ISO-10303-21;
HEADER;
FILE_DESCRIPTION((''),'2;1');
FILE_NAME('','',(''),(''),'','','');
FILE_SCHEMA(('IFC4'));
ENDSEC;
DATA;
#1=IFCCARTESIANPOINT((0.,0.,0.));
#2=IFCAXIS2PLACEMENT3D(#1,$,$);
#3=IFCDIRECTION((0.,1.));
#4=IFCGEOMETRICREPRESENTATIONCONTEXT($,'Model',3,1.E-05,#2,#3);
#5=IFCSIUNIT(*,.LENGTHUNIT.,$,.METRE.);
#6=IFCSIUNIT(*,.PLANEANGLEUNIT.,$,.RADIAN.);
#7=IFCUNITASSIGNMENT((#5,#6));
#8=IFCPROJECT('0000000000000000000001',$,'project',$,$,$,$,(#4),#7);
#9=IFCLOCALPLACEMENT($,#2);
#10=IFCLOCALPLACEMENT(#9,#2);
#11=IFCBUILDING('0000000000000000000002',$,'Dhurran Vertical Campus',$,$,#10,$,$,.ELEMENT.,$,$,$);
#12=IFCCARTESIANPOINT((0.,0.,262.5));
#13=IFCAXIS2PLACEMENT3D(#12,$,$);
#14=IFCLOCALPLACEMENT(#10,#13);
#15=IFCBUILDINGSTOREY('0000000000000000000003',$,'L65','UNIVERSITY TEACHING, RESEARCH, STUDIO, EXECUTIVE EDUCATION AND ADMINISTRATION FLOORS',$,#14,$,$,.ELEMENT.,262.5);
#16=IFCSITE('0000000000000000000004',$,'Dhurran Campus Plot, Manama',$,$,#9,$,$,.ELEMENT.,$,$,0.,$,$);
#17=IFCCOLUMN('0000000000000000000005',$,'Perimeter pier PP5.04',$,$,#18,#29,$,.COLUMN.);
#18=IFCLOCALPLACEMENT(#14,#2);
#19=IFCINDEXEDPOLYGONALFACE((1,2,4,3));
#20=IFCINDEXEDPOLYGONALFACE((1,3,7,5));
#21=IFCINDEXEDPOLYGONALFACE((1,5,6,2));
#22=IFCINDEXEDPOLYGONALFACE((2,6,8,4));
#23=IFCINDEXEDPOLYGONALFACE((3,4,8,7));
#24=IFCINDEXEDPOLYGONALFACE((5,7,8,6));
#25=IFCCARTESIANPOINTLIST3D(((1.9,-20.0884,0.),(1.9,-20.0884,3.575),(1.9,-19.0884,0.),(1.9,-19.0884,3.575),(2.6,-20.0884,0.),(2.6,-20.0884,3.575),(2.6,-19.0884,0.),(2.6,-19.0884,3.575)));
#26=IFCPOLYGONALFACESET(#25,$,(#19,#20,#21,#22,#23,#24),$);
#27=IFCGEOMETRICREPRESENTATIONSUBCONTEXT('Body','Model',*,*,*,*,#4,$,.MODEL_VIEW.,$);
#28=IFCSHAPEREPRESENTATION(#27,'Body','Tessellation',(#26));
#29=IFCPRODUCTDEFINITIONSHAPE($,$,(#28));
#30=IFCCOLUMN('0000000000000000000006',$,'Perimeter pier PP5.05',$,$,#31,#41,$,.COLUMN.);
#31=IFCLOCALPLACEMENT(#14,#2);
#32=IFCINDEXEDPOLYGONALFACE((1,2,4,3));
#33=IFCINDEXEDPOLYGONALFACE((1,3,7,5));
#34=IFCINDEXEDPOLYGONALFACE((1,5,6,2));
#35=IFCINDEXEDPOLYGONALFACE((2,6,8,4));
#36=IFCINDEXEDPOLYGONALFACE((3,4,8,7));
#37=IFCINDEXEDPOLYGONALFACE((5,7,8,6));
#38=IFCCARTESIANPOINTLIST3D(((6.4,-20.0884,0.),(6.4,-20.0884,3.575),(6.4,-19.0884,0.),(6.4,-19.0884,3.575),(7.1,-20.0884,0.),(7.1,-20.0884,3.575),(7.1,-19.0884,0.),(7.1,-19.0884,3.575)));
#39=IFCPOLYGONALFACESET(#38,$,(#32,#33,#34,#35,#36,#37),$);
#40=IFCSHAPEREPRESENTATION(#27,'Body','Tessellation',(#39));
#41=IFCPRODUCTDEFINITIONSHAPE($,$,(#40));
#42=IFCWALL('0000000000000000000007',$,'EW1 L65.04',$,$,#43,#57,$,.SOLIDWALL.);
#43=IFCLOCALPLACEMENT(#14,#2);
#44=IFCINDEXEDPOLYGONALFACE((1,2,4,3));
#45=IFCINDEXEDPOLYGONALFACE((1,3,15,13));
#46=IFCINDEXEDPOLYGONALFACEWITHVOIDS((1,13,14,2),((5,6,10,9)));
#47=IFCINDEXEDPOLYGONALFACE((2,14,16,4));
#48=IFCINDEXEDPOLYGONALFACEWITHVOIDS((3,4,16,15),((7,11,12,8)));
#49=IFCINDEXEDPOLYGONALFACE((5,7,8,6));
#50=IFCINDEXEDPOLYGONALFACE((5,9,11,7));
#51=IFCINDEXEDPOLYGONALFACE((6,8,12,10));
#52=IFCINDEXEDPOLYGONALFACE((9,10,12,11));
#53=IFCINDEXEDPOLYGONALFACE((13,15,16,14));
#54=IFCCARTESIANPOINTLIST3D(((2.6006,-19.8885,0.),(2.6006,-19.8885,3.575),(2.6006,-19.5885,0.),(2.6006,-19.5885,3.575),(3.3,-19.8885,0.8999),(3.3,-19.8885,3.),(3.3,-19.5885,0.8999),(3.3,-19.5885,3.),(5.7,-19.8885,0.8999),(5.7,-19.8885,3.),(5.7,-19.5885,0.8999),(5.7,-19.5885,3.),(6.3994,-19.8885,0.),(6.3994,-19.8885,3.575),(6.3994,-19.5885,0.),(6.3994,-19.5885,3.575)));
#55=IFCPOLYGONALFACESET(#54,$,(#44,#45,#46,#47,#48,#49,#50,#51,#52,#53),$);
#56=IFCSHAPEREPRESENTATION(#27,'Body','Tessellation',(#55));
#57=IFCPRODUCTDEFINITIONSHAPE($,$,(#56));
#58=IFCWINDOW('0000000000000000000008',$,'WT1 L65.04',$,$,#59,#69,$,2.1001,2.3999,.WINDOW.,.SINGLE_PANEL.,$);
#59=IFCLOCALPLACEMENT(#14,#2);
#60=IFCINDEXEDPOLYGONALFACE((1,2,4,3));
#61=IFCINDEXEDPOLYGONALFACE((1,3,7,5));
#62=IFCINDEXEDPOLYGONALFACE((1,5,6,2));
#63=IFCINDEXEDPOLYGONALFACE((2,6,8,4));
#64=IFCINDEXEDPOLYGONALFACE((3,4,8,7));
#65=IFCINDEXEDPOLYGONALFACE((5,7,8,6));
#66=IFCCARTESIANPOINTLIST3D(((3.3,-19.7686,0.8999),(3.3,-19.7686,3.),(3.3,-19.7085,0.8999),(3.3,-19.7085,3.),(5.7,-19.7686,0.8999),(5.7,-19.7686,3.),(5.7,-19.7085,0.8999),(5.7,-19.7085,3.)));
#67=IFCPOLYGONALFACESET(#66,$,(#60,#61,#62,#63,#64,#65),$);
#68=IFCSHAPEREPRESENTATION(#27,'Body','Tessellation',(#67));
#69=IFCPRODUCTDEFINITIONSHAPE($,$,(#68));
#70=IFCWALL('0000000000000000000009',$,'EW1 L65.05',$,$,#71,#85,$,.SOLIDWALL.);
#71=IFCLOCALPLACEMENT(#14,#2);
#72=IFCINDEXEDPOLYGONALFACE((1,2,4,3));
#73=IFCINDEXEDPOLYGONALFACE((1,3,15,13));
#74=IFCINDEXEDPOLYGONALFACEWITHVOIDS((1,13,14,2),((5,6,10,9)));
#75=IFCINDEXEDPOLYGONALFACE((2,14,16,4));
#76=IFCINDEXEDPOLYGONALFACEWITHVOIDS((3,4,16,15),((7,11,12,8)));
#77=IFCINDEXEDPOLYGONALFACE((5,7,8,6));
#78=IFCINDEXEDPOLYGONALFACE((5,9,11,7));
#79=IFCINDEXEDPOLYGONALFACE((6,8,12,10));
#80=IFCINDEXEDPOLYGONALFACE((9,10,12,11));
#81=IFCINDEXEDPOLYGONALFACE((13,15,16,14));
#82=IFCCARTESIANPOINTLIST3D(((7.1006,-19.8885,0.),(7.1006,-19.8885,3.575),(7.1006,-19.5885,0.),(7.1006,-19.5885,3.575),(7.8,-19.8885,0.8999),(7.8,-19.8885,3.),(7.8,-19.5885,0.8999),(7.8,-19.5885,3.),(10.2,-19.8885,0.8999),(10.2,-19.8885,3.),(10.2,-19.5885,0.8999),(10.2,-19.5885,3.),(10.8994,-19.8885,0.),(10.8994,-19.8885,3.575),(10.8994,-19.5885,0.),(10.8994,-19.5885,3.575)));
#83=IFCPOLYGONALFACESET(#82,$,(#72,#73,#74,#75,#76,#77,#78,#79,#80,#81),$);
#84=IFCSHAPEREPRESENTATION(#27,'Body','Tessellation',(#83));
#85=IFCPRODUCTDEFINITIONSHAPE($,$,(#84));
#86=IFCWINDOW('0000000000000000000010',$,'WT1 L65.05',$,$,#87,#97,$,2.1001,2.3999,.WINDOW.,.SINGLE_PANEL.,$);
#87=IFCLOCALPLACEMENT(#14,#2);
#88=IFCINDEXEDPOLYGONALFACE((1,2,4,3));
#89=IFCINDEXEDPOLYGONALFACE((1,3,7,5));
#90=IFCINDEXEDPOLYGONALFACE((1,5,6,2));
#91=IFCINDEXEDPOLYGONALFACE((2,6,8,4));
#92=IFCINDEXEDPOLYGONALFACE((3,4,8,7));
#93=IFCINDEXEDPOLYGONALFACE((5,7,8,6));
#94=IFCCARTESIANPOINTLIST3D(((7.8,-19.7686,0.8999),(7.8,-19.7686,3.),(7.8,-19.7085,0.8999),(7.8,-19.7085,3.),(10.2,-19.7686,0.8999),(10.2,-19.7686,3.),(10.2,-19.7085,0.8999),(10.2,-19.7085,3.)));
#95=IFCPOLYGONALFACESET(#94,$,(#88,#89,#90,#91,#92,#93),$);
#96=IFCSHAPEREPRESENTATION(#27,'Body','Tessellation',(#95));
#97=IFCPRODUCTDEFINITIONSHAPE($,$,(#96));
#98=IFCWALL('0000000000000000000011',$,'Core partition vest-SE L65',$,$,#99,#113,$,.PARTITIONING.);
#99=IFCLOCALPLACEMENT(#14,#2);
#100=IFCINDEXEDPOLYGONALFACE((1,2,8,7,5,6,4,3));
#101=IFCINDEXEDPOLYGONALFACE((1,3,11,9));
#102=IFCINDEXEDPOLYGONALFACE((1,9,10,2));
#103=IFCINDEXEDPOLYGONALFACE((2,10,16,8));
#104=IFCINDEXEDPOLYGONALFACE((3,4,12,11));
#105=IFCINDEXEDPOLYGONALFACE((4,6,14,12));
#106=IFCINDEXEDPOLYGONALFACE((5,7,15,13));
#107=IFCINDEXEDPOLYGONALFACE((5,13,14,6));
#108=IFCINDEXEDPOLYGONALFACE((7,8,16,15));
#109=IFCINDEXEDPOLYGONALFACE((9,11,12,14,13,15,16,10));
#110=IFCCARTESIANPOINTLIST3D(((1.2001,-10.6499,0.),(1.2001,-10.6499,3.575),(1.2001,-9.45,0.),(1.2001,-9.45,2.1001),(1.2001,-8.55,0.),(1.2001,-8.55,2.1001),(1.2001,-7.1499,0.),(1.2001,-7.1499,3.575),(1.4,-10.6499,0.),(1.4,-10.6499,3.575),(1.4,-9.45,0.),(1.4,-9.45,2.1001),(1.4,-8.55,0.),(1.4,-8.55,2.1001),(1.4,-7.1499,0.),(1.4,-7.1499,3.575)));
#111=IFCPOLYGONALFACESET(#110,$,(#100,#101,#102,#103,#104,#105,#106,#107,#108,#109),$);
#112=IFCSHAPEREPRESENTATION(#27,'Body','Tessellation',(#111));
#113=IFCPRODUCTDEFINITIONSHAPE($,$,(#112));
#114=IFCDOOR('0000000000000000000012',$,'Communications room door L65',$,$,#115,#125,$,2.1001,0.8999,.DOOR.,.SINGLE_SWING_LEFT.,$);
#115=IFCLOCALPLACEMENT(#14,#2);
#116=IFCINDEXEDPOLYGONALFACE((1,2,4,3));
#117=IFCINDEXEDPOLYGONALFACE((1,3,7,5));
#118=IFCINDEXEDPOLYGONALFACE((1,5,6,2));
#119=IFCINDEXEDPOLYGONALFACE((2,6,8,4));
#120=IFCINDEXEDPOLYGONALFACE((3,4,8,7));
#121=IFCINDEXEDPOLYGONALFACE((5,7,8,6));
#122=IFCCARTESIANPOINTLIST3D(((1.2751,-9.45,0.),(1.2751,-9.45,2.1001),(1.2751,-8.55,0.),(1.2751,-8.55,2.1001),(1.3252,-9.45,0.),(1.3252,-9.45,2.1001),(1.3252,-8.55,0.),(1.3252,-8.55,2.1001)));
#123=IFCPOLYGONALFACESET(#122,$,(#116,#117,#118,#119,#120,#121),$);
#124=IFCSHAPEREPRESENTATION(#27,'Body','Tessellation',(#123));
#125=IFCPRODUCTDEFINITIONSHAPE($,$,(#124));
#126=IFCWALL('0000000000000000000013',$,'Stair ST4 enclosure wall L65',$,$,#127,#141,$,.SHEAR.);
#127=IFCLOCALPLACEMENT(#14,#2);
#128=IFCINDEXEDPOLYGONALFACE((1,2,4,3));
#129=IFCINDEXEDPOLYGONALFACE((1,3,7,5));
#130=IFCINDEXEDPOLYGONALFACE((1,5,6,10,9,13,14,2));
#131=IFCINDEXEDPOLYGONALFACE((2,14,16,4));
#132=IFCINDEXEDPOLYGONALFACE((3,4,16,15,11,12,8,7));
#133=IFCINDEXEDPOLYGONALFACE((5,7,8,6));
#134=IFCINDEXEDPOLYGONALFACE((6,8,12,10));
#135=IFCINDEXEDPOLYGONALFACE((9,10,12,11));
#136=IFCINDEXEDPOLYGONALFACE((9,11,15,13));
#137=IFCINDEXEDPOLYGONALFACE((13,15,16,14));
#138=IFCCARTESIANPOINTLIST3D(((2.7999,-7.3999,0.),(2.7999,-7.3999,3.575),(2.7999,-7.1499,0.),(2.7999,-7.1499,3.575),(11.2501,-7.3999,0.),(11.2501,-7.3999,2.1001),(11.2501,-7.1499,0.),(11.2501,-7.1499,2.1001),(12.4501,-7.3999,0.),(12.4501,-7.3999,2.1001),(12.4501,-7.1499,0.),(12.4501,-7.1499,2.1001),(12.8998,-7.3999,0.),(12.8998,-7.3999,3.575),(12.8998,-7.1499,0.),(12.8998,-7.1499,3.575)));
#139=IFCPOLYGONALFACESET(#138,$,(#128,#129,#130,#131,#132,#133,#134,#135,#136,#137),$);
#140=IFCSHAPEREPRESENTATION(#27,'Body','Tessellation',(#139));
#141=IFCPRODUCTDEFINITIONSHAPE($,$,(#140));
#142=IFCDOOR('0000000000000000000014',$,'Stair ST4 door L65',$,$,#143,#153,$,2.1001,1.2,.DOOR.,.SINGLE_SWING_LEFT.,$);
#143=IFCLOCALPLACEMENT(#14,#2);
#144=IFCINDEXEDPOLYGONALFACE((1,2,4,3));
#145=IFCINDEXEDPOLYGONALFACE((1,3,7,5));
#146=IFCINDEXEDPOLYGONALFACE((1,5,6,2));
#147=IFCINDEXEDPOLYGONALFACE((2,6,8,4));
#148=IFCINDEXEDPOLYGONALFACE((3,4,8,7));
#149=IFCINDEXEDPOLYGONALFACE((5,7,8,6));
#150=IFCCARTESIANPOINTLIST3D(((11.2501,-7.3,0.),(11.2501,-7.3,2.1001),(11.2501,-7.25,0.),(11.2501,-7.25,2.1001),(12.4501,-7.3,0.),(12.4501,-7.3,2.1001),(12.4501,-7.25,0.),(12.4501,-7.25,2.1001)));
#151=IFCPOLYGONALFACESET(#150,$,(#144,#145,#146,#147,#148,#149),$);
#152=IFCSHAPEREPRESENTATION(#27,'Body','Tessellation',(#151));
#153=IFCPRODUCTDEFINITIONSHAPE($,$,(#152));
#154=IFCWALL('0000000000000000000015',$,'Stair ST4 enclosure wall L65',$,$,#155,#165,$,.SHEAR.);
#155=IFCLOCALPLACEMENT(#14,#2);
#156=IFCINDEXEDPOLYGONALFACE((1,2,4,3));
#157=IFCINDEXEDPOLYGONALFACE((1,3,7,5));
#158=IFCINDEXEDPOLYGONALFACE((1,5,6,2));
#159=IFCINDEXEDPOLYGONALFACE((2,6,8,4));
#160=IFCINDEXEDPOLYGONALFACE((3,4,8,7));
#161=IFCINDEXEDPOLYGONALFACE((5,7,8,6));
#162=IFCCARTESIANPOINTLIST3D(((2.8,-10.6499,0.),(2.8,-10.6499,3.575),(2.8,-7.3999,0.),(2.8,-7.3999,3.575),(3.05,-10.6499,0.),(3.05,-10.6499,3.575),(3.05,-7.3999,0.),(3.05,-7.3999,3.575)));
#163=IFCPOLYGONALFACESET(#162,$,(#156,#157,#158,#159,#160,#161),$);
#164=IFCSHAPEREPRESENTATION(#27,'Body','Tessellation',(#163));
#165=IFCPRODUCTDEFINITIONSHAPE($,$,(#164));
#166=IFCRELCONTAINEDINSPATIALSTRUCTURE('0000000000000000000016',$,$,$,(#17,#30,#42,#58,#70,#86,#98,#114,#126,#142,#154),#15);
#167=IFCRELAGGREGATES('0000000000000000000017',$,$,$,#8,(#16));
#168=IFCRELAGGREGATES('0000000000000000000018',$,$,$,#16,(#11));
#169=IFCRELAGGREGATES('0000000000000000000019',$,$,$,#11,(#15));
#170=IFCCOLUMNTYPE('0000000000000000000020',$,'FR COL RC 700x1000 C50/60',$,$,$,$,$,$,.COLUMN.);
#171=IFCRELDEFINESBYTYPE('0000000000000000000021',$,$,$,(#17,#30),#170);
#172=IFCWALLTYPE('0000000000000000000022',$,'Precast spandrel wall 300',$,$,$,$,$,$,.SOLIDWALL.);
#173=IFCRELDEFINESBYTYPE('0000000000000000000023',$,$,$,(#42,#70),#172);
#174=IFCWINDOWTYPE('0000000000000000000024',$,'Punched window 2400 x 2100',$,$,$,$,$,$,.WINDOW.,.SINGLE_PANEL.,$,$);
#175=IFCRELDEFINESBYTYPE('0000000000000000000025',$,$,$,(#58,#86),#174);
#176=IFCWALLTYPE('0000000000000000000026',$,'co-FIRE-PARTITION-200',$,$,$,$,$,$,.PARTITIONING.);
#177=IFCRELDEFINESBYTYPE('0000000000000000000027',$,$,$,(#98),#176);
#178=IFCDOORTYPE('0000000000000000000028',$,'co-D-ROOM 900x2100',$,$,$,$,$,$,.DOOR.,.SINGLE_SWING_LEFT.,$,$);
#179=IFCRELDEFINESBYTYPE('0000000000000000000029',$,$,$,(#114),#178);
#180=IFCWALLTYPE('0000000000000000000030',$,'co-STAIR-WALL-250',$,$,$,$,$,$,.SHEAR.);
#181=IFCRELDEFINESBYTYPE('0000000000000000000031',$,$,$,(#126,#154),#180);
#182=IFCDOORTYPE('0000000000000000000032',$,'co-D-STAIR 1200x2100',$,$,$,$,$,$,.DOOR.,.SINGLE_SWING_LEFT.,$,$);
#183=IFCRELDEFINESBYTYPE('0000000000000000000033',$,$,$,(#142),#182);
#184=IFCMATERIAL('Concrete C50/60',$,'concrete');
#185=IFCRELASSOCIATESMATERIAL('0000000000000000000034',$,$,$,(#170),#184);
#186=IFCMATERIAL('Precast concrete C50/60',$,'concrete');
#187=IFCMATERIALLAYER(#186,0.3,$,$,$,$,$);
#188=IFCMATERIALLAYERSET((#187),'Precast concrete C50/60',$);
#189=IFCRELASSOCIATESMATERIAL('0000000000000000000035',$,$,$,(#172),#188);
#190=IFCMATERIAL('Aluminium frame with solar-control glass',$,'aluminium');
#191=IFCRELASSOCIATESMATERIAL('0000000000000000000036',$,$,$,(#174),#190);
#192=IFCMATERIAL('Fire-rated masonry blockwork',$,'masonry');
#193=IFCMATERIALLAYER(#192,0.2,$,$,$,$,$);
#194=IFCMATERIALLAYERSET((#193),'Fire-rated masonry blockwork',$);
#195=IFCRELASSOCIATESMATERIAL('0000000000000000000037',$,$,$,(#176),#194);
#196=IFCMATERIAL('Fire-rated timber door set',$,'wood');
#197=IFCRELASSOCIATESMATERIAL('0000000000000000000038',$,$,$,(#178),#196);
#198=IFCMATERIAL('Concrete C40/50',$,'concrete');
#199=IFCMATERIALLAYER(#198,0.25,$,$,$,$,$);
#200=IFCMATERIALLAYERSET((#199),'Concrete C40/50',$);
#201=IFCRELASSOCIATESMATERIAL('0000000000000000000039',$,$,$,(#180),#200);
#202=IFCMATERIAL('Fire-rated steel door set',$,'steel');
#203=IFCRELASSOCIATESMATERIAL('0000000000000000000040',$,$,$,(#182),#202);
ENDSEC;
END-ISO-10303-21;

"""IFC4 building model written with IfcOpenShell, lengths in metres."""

from ifc_helpers import new_model, si_unit, direction, frame, frame_2d, origin, origin_2d, place, context, subcontext, project, spatial, rectangle, extrude, material, layer, layer_set, material_profile, profile_set, type_object, element, fill, save


model = new_model("IFC4")

# Units and contexts
model_context = context("Model", 3, precision=1e-05, world=origin(), true_north=direction((0.0, 1.0)))
body_context = subcontext(model_context, "Body", "Model", "MODEL_VIEW")
ifc_project = project(units=[si_unit("LENGTHUNIT", "METRE"), si_unit("PLANEANGLEUNIT", "RADIAN")], contexts=[model_context])

# Site, building, storey
site_placement = place(None, origin())
site = spatial("IfcSite", under=ifc_project, at=site_placement, Name="Dhurran Campus Plot, Manama", CompositionType="ELEMENT", RefElevation=0.0)
building_placement = place(site_placement, origin())
building = spatial("IfcBuilding", under=site, at=building_placement, Name="Dhurran Vertical Campus", CompositionType="ELEMENT")
storey_placement = place(building_placement, frame((0.0, 0.0, 262.5)))
storey = spatial("IfcBuildingStorey", under=building, at=storey_placement, Name="L65", Description="UNIVERSITY TEACHING, RESEARCH, STUDIO, EXECUTIVE EDUCATION AND ADMINISTRATION FLOORS", CompositionType="ELEMENT", Elevation=262.5)

# Columns
ifc_material_1 = material(Name="Concrete C50/60", Category="concrete")
ifc_material_profile = material_profile(ifc_material_1, rectangle(XDim=0.7, YDim=1.0, at=origin_2d()), Name="RC 700x1000")
ifc_profile_set = profile_set([ifc_material_profile], Name="Concrete C50/60")
column_type = type_object("IfcColumnType", Name="FR COL RC 700x1000 C50/60", PredefinedType="COLUMN", material=ifc_profile_set)
for number, where, z_axis, x_axis, name in (
    (1, (2.25, -19.5884, 0.0), (0.0, 0.0, 1.0), (1.0, 0.0, 0.0), "Perimeter pier PP5.04"),
    (2, (6.75, -19.5884, 0.0), (0.0, 0.0, 1.0), (1.0, 0.0, 0.0), "Perimeter pier PP5.05"),
):
    element("IfcColumn", number, at=place(storey_placement, frame(where, z_axis=z_axis, x_axis=x_axis)), inside=storey, type_object=column_type, Name=name, PredefinedType="COLUMN", context=body_context, shape_type="SweptSolid", body=[
        extrude(rectangle(XDim=0.7, YDim=1.0, at=origin_2d()), origin(), (0.0, 0.0, 1.0), 3.575),
    ])

# Walls, openings, windows
ifc_material_2 = material(Name="Precast concrete C50/60", Category="concrete")
ifc_layer_1 = layer(ifc_material_2, 0.3)
ifc_layer_set_1 = layer_set([ifc_layer_1], Name="Precast concrete C50/60")
wall_type_1 = type_object("IfcWallType", Name="Precast spandrel wall 300", PredefinedType="SOLIDWALL", material=ifc_layer_set_1)
wall_1_placement = place(storey_placement, frame((2.6006, -19.7385, 0.0), z_axis=(0.0, 0.0, 1.0), x_axis=(1.0, 0.0, 0.0)))
wall_1 = element("IfcWall", 3, at=wall_1_placement, inside=storey, type_object=wall_type_1, Name="EW1 L65.04", PredefinedType="SOLIDWALL", context=body_context, shape_type="SweptSolid", body=[
    extrude(rectangle(XDim=3.7988, YDim=0.3, at=frame_2d((1.8994, 0.0))), origin(), (0.0, 0.0, 1.0), 3.575),
])
opening_1_placement = place(wall_1_placement, frame((0.6995, 0.0, 0.8999)))
opening_1 = element("IfcOpeningElement", 4, at=opening_1_placement, cuts=wall_1, PredefinedType="OPENING", context=body_context, shape_type="SweptSolid", body=[
    extrude(rectangle(XDim=2.3999, YDim=2.1001, at=frame_2d((1.2, 1.05))), frame((0.0, 0.1599, 0.0), z_axis=(0.0, -1.0, 0.0), x_axis=(1.0, 0.0, 0.0)), (0.0, 0.0, 1.0), 0.3201),
])
ifc_material_3 = material(Name="Aluminium frame with solar-control glass", Category="aluminium")
window_type = type_object("IfcWindowType", Name="Punched window 2400 x 2100", PartitioningType="SINGLE_PANEL", PredefinedType="WINDOW", material=ifc_material_3)
window_1_placement = place(opening_1_placement, origin())
window_1 = element("IfcWindow", 5, at=window_1_placement, inside=storey, type_object=window_type, Name="WT1 L65.04", OverallHeight=2.1001, OverallWidth=2.3999, PartitioningType="SINGLE_PANEL", PredefinedType="WINDOW", context=body_context, shape_type="SweptSolid", body=[
    extrude(rectangle(XDim=2.3999, YDim=2.1001, at=frame_2d((1.2, 1.05))), frame((0.0, 0.03, 0.0), z_axis=(0.0, -1.0, 0.0), x_axis=(1.0, 0.0, 0.0)), (0.0, 0.0, 1.0), 0.0601),
])
fill(opening_1, window_1)
wall_2_placement = place(storey_placement, frame((7.1006, -19.7385, 0.0), z_axis=(0.0, 0.0, 1.0), x_axis=(1.0, 0.0, 0.0)))
wall_2 = element("IfcWall", 6, at=wall_2_placement, inside=storey, type_object=wall_type_1, Name="EW1 L65.05", PredefinedType="SOLIDWALL", context=body_context, shape_type="SweptSolid", body=[
    extrude(rectangle(XDim=3.7988, YDim=0.3, at=frame_2d((1.8994, 0.0))), origin(), (0.0, 0.0, 1.0), 3.575),
])
opening_2_placement = place(wall_2_placement, frame((0.6995, 0.0, 0.8999)))
opening_2 = element("IfcOpeningElement", 7, at=opening_2_placement, cuts=wall_2, PredefinedType="OPENING", context=body_context, shape_type="SweptSolid", body=[
    extrude(rectangle(XDim=2.3999, YDim=2.1001, at=frame_2d((1.2, 1.05))), frame((0.0, 0.1599, 0.0), z_axis=(0.0, -1.0, 0.0), x_axis=(1.0, 0.0, 0.0)), (0.0, 0.0, 1.0), 0.3201),
])
window_2_placement = place(opening_2_placement, origin())
window_2 = element("IfcWindow", 8, at=window_2_placement, inside=storey, type_object=window_type, Name="WT1 L65.05", OverallHeight=2.1001, OverallWidth=2.3999, PartitioningType="SINGLE_PANEL", PredefinedType="WINDOW", context=body_context, shape_type="SweptSolid", body=[
    extrude(rectangle(XDim=2.3999, YDim=2.1001, at=frame_2d((1.2, 1.05))), frame((0.0, 0.03, 0.0), z_axis=(0.0, -1.0, 0.0), x_axis=(1.0, 0.0, 0.0)), (0.0, 0.0, 1.0), 0.0601),
])
fill(opening_2, window_2)

# Walls, openings, doors
ifc_material_4 = material(Name="Fire-rated masonry blockwork", Category="masonry")
ifc_layer_2 = layer(ifc_material_4, 0.2)
ifc_layer_set_2 = layer_set([ifc_layer_2], Name="Fire-rated masonry blockwork")
wall_type_2 = type_object("IfcWallType", Name="co-FIRE-PARTITION-200", PredefinedType="PARTITIONING", material=ifc_layer_set_2)
wall_3_placement = place(storey_placement, frame((1.3, -10.6499, 0.0), z_axis=(0.0, 0.0, 1.0), x_axis=(0.0, 1.0, 0.0)))
wall_3 = element("IfcWall", 9, at=wall_3_placement, inside=storey, type_object=wall_type_2, Name="Core partition vest-SE L65", PredefinedType="PARTITIONING", context=body_context, shape_type="SweptSolid", body=[
    extrude(rectangle(XDim=3.5, YDim=0.2, at=frame_2d((1.75, 0.0))), origin(), (0.0, 0.0, 1.0), 3.575),
])
opening_3_placement = place(wall_3_placement, frame((1.2, 0.0, 0.0)))
opening_3 = element("IfcOpeningElement", 10, at=opening_3_placement, cuts=wall_3, PredefinedType="OPENING", context=body_context, shape_type="SweptSolid", body=[
    extrude(rectangle(XDim=0.8999, YDim=2.1001, at=frame_2d((0.45, 1.05))), frame((0.0, 0.1099, 0.0), z_axis=(0.0, -1.0, 0.0), x_axis=(1.0, 0.0, 0.0)), (0.0, 0.0, 1.0), 0.22),
])
ifc_material_5 = material(Name="Fire-rated timber door set", Category="wood")
door_type_1 = type_object("IfcDoorType", Name="co-D-ROOM 900x2100", OperationType="SINGLE_SWING_LEFT", PredefinedType="DOOR", material=ifc_material_5)
door_1_placement = place(opening_3_placement, origin())
door_1 = element("IfcDoor", 11, at=door_1_placement, inside=storey, type_object=door_type_1, Name="Communications room door L65", OperationType="SINGLE_SWING_LEFT", OverallHeight=2.1001, OverallWidth=0.8999, PredefinedType="DOOR", context=body_context, shape_type="SweptSolid", body=[
    extrude(rectangle(XDim=0.8999, YDim=2.1001, at=frame_2d((0.45, 1.05))), frame((0.0, 0.0249, 0.0), z_axis=(0.0, -1.0, 0.0), x_axis=(1.0, 0.0, 0.0)), (0.0, 0.0, 1.0), 0.05),
])
fill(opening_3, door_1)
ifc_material_6 = material(Name="Concrete C40/50", Category="concrete")
ifc_layer_3 = layer(ifc_material_6, 0.25)
ifc_layer_set_3 = layer_set([ifc_layer_3], Name="Concrete C40/50")
wall_type_3 = type_object("IfcWallType", Name="co-STAIR-WALL-250", PredefinedType="SHEAR", material=ifc_layer_set_3)
wall_4_placement = place(storey_placement, frame((2.8, -7.2749, 0.0), z_axis=(0.0, 0.0, 1.0), x_axis=(1.0, 0.0, 0.0)))
wall_4 = element("IfcWall", 12, at=wall_4_placement, inside=storey, type_object=wall_type_3, Name="Stair ST4 enclosure wall L65", PredefinedType="SHEAR", context=body_context, shape_type="SweptSolid", body=[
    extrude(rectangle(XDim=10.0999, YDim=0.25, at=frame_2d((5.0498, 0.0))), origin(), (0.0, 0.0, 1.0), 3.575),
])
opening_4_placement = place(wall_4_placement, frame((8.45, 0.0, 0.0)))
opening_4 = element("IfcOpeningElement", 13, at=opening_4_placement, cuts=wall_4, PredefinedType="OPENING", context=body_context, shape_type="SweptSolid", body=[
    extrude(rectangle(XDim=1.2, YDim=2.1001, at=frame_2d((0.6001, 1.05))), frame((0.0, 0.135, 0.0), z_axis=(0.0, -1.0, 0.0), x_axis=(1.0, 0.0, 0.0)), (0.0, 0.0, 1.0), 0.27),
])
ifc_material_7 = material(Name="Fire-rated steel door set", Category="steel")
door_type_2 = type_object("IfcDoorType", Name="co-D-STAIR 1200x2100", OperationType="SINGLE_SWING_LEFT", PredefinedType="DOOR", material=ifc_material_7)
door_2_placement = place(opening_4_placement, origin())
door_2 = element("IfcDoor", 14, at=door_2_placement, inside=storey, type_object=door_type_2, Name="Stair ST4 door L65", OperationType="SINGLE_SWING_LEFT", OverallHeight=2.1001, OverallWidth=1.2, PredefinedType="DOOR", context=body_context, shape_type="SweptSolid", body=[
    extrude(rectangle(XDim=1.2, YDim=2.1001, at=frame_2d((0.6001, 1.05))), frame((0.0, 0.0249, 0.0), z_axis=(0.0, -1.0, 0.0), x_axis=(1.0, 0.0, 0.0)), (0.0, 0.0, 1.0), 0.05),
])
fill(opening_4, door_2)

# Wall
wall_5_placement = place(storey_placement, frame((2.925, -10.6499, 0.0), z_axis=(0.0, 0.0, 1.0), x_axis=(0.0, 1.0, 0.0)))
element("IfcWall", 15, at=wall_5_placement, inside=storey, type_object=wall_type_3, Name="Stair ST4 enclosure wall L65", PredefinedType="SHEAR", context=body_context, shape_type="SweptSolid", body=[
    extrude(rectangle(XDim=3.25, YDim=0.25, at=frame_2d((1.625, 0.0))), origin(), (0.0, 0.0, 1.0), 3.575),
])

save(model, "model.ifc")
